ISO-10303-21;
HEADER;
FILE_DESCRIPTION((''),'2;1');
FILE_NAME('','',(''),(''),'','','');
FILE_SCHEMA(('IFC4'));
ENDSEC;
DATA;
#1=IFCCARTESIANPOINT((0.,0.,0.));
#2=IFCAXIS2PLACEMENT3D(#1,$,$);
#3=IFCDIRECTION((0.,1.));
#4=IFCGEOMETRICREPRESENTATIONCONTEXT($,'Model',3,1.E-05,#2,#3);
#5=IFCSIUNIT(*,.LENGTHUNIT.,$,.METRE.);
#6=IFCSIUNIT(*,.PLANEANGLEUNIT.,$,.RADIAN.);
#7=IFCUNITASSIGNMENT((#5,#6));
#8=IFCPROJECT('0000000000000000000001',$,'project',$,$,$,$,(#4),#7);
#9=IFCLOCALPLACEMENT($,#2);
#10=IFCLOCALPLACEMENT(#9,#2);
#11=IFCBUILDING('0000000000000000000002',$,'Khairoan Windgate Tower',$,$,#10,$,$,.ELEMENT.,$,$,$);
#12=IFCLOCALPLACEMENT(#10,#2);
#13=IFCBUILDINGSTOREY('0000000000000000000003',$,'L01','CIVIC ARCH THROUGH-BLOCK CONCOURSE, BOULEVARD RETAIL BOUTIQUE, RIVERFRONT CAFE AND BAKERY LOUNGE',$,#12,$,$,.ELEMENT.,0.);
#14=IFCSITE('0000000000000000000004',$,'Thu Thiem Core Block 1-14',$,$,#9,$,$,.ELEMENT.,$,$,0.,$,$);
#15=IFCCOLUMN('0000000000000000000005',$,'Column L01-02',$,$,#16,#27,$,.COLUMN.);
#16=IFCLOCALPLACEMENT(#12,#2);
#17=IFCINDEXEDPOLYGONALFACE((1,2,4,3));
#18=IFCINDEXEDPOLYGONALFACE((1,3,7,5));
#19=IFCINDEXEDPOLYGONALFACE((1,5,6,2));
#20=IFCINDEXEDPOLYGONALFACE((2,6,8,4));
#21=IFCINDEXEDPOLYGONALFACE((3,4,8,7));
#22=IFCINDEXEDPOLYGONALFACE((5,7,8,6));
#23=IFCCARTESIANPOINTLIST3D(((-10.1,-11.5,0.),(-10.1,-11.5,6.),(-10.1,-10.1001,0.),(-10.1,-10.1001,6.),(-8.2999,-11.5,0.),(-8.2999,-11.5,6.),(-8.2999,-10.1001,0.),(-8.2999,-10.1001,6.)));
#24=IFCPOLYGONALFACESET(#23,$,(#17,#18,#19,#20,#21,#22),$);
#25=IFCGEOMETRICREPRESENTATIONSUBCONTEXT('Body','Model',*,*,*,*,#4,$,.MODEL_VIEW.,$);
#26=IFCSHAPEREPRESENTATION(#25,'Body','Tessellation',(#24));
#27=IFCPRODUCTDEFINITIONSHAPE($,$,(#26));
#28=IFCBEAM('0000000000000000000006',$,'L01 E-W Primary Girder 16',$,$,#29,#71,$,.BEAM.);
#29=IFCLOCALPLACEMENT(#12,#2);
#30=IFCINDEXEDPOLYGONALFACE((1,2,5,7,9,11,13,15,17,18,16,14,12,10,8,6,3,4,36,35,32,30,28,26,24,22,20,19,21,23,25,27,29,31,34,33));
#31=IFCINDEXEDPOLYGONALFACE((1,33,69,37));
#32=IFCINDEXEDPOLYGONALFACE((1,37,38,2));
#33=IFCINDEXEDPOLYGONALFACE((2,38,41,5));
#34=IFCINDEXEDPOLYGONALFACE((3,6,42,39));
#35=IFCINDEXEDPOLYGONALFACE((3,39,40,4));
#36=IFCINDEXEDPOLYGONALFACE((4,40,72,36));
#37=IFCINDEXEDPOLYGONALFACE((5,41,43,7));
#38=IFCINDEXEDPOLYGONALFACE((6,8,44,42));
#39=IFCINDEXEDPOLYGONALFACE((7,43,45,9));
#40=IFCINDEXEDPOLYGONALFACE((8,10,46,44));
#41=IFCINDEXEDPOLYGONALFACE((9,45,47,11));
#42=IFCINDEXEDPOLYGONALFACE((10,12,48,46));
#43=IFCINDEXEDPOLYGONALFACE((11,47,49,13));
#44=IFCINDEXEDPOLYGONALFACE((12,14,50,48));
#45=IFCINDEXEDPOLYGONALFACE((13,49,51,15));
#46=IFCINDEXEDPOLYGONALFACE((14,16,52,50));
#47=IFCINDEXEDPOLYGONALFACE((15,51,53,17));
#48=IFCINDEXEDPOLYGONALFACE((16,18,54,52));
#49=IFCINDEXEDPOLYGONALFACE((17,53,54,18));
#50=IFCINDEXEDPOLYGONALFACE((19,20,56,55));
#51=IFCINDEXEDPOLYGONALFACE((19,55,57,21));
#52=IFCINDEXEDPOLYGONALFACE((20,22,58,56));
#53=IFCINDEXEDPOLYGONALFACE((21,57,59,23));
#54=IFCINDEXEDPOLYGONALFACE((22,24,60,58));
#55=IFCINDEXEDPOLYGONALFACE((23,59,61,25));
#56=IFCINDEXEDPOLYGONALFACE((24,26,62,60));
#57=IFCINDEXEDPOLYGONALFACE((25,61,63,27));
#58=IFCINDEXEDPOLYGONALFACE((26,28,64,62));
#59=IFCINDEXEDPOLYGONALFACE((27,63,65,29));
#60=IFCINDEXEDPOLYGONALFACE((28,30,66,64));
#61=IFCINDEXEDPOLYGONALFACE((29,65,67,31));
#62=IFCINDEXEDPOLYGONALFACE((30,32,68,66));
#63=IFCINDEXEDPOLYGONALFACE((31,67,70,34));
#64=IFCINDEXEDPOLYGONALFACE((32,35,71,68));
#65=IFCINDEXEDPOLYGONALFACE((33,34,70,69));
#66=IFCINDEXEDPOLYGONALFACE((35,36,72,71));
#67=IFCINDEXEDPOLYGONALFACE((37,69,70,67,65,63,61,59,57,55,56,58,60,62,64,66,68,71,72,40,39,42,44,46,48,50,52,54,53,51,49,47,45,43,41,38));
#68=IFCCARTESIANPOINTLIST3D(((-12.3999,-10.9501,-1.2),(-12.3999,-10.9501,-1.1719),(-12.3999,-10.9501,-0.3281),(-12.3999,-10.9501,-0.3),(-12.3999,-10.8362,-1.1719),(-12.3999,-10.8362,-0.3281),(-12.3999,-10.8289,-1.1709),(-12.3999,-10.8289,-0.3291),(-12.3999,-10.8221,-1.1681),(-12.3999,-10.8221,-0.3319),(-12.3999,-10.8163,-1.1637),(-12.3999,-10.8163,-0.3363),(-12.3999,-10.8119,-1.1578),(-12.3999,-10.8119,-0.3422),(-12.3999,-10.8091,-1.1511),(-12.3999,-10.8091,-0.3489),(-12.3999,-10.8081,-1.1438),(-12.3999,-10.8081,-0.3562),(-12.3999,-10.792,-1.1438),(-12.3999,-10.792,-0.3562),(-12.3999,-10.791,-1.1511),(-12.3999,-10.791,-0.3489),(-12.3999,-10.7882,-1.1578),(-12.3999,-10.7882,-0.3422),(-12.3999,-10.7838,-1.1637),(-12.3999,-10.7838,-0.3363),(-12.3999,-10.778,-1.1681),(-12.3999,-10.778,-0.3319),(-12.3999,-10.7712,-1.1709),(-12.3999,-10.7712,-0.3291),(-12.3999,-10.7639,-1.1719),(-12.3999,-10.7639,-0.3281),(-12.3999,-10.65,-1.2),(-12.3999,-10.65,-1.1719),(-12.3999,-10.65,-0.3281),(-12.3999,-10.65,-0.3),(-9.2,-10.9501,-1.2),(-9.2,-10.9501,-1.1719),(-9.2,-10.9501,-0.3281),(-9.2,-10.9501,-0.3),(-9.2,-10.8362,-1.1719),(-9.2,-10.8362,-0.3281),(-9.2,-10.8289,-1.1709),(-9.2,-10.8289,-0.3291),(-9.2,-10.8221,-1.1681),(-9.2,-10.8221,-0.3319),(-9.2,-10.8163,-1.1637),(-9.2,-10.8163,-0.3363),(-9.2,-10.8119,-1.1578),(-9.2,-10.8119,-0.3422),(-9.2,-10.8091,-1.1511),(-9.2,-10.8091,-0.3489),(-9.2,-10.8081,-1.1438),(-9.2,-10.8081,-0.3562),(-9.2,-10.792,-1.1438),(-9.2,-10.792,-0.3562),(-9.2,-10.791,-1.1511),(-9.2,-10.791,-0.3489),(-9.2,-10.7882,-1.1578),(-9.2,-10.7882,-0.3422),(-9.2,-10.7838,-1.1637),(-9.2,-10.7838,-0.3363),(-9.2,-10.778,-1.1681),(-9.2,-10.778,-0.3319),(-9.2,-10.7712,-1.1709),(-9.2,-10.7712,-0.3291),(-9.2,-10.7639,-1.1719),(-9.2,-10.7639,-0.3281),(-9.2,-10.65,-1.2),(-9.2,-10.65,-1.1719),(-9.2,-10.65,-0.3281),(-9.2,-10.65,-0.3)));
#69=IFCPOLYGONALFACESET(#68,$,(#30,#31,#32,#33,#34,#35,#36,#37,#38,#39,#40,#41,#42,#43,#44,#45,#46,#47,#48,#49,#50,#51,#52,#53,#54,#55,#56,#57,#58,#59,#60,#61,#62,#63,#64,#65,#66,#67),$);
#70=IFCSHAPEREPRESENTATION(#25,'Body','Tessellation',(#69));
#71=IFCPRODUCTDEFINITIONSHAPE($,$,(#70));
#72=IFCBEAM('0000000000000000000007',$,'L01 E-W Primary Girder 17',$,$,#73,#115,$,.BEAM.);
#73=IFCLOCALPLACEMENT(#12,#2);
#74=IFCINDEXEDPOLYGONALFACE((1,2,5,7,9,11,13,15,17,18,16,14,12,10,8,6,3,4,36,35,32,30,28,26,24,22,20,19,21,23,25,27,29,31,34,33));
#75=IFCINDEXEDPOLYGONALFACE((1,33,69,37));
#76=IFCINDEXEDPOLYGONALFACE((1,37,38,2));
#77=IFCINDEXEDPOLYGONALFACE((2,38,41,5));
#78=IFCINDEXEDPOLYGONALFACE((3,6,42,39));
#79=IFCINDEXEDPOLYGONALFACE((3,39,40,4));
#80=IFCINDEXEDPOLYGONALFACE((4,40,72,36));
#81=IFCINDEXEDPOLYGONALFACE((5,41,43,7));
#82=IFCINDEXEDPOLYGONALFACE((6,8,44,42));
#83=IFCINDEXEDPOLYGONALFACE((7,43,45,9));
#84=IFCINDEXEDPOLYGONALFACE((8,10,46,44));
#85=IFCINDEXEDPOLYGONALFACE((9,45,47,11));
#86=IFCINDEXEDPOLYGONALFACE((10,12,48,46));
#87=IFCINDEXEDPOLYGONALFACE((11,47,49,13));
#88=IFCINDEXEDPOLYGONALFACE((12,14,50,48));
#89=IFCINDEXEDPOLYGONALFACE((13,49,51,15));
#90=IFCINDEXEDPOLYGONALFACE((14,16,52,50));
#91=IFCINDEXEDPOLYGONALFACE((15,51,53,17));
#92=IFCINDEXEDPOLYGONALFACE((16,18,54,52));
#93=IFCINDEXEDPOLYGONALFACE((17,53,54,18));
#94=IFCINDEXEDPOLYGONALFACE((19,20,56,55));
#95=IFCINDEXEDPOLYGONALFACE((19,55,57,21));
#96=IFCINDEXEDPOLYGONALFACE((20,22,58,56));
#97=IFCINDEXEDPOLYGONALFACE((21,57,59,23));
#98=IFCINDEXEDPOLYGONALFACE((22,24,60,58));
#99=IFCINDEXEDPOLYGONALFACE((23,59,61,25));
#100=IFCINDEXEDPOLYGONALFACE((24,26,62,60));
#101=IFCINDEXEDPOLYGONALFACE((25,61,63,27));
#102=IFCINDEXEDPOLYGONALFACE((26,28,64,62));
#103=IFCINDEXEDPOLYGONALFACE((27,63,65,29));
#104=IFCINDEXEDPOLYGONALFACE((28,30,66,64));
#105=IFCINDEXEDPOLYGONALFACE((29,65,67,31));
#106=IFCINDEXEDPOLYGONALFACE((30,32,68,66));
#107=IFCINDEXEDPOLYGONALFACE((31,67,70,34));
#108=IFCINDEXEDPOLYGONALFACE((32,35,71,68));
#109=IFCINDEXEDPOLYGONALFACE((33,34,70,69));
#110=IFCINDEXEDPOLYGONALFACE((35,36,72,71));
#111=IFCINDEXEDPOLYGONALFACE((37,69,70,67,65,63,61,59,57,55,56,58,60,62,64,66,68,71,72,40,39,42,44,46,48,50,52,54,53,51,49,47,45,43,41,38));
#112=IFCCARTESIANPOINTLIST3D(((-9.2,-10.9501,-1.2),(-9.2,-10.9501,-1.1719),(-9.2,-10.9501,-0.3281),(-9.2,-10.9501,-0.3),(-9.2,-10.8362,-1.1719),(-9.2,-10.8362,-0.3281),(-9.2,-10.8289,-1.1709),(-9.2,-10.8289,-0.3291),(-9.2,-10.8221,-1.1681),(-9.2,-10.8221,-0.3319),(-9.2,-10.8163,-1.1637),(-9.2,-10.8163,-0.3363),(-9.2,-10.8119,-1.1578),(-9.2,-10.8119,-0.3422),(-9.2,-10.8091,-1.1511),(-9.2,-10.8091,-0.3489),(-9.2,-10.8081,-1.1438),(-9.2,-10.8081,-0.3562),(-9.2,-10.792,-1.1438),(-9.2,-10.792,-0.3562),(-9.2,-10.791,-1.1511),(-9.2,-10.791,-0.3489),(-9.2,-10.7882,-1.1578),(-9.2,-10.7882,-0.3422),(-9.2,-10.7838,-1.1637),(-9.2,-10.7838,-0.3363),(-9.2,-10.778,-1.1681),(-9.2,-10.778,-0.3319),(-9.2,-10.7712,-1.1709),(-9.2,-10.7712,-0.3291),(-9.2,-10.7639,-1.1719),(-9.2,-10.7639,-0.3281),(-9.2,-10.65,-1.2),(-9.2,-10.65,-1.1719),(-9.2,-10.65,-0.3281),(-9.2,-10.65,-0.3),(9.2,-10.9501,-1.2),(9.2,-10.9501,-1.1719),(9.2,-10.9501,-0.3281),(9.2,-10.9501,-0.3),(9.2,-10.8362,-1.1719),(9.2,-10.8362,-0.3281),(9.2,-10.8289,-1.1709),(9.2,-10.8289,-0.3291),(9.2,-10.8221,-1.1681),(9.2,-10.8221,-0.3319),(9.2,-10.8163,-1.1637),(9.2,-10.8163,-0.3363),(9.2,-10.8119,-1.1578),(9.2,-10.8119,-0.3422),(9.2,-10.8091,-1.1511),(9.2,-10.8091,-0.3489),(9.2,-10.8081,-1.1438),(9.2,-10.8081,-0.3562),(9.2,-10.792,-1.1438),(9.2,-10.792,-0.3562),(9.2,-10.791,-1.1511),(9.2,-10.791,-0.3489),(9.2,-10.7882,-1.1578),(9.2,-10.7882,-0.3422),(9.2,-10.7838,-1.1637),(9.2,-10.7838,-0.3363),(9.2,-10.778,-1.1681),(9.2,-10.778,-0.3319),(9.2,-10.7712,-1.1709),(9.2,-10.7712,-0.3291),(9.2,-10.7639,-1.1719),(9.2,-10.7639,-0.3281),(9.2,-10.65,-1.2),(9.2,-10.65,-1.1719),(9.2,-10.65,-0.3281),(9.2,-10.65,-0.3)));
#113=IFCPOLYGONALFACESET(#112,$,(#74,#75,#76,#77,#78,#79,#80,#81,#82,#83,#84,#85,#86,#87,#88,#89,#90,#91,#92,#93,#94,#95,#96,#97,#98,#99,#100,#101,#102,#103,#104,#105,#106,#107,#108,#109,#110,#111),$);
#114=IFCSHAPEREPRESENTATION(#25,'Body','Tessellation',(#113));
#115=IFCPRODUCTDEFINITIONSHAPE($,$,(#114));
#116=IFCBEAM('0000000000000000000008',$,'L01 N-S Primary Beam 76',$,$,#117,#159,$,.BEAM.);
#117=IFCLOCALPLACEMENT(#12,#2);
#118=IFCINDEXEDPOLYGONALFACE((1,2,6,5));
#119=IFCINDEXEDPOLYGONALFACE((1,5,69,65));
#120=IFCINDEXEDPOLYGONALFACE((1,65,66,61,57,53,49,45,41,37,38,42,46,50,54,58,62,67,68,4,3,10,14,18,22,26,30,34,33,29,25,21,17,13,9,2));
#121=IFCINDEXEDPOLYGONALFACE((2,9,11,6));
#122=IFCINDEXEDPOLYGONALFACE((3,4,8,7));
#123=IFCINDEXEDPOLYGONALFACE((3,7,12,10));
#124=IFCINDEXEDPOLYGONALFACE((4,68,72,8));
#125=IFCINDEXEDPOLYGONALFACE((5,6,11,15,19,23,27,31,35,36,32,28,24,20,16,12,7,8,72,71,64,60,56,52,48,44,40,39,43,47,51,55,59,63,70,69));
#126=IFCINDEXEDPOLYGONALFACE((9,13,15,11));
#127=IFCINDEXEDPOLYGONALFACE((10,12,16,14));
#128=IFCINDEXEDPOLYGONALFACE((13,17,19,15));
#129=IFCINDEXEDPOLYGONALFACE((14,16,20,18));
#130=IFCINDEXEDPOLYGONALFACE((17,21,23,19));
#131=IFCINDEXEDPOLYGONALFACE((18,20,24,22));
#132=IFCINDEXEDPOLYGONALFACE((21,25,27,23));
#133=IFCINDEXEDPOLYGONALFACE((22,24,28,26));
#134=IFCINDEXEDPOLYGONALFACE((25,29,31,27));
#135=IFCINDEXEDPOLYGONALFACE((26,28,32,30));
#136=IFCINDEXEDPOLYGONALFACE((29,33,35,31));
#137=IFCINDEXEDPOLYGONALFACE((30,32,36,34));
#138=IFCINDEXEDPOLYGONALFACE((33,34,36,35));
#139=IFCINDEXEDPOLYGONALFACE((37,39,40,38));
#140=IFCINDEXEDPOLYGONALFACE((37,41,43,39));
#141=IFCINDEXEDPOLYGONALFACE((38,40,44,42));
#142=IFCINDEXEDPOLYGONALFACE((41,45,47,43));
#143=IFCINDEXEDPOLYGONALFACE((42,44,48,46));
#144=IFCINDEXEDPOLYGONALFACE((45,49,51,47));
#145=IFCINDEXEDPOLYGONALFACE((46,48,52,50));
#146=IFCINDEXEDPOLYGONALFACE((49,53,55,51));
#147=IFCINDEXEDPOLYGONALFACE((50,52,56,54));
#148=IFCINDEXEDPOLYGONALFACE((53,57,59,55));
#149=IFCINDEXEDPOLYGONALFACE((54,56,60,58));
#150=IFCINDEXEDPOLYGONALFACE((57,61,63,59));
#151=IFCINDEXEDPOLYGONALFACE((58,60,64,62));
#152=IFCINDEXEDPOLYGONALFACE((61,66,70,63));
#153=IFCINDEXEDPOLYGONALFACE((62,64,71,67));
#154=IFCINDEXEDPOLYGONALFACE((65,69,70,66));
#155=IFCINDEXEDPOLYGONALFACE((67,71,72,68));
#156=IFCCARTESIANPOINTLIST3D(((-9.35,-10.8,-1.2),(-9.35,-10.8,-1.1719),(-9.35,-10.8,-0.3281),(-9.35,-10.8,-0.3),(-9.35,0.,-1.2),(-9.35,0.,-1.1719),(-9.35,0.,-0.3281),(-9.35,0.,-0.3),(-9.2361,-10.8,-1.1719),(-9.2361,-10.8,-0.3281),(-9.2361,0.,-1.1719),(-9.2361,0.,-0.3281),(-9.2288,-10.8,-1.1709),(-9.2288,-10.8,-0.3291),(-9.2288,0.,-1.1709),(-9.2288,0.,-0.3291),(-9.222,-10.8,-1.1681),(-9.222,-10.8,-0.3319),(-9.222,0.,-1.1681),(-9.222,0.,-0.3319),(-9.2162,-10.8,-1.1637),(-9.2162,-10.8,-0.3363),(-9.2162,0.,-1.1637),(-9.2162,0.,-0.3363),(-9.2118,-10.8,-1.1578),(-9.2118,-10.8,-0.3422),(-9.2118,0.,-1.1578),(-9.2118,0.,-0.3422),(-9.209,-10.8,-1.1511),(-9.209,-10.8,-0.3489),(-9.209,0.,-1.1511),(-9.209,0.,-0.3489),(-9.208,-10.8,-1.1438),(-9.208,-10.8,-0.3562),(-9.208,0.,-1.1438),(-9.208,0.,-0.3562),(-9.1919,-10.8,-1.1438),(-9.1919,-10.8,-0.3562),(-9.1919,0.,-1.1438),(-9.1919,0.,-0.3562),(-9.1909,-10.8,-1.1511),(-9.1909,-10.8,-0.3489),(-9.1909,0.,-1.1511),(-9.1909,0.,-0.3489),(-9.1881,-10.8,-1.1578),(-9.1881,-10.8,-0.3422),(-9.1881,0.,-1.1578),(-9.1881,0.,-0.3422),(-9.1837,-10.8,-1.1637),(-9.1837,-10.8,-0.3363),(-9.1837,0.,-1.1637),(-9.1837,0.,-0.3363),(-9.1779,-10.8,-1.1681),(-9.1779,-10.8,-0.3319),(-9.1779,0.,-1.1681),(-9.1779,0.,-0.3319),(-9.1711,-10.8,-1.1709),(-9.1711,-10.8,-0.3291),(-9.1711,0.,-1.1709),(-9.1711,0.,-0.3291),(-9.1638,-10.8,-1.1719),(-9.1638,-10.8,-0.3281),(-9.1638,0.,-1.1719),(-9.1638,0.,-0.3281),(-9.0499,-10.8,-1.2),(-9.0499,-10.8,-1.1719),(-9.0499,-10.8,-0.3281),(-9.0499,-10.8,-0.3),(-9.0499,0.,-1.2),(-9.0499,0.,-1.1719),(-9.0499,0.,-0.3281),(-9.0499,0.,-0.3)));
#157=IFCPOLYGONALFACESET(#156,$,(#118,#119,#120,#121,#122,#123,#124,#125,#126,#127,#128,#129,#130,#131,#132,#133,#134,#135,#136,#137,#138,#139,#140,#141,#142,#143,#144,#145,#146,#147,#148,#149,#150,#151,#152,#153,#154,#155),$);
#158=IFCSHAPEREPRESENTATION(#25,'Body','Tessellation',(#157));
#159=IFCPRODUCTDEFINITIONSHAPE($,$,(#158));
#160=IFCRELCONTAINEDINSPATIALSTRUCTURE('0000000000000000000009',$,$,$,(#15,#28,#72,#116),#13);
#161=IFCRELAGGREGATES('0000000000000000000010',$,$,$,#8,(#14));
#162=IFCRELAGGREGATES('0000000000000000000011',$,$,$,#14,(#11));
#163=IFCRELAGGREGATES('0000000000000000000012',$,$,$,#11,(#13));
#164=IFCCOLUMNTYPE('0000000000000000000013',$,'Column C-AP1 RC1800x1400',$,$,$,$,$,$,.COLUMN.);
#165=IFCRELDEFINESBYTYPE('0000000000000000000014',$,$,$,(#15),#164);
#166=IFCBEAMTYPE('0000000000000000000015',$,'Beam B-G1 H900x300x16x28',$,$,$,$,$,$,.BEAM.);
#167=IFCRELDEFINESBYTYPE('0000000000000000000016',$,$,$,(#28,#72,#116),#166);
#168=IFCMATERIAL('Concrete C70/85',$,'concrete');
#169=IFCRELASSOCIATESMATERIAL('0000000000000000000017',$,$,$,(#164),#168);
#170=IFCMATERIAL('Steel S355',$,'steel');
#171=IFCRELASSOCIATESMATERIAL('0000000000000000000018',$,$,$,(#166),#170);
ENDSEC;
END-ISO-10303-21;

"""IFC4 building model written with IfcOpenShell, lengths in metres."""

from ifc_helpers import new_model, si_unit, direction, frame, origin, origin_2d, place, context, subcontext, project, spatial, rectangle, i_section, extrude, material, material_profile, profile_set, type_object, element, save


model = new_model("IFC4")

# Units and contexts
model_context = context("Model", 3, precision=1e-05, world=origin(), true_north=direction((0.0, 1.0)))
body_context = subcontext(model_context, "Body", "Model", "MODEL_VIEW")
ifc_project = project(units=[si_unit("LENGTHUNIT", "METRE"), si_unit("PLANEANGLEUNIT", "RADIAN")], contexts=[model_context])

# Site, building, storey
site_placement = place(None, origin())
site = spatial("IfcSite", under=ifc_project, at=site_placement, Name="Thu Thiem Core Block 1-14", CompositionType="ELEMENT", RefElevation=0.0)
building_placement = place(site_placement, origin())
building = spatial("IfcBuilding", under=site, at=building_placement, Name="Khairoan Windgate Tower", CompositionType="ELEMENT")
storey_placement = place(building_placement, origin())
storey = spatial("IfcBuildingStorey", under=building, at=storey_placement, Name="L01", Description="CIVIC ARCH THROUGH-BLOCK CONCOURSE, BOULEVARD RETAIL BOUTIQUE, RIVERFRONT CAFE AND BAKERY LOUNGE", CompositionType="ELEMENT", Elevation=0.0)

# Column
ifc_material_1 = material(Name="Concrete C70/85", Category="concrete")
ifc_material_profile_1 = material_profile(ifc_material_1, rectangle(XDim=1.8, YDim=1.3999, at=origin_2d()))
ifc_profile_set_1 = profile_set([ifc_material_profile_1], Name="Concrete C70/85")
column_type = type_object("IfcColumnType", Name="Column C-AP1 RC1800x1400", PredefinedType="COLUMN", material=ifc_profile_set_1)
column_placement = place(storey_placement, frame((-9.2, -10.8, 0.0), z_axis=(0.0, 0.0, 1.0), x_axis=(1.0, 0.0, 0.0)))
element("IfcColumn", 1, at=column_placement, inside=storey, type_object=column_type, Name="Column L01-02", PredefinedType="COLUMN", context=body_context, shape_type="SweptSolid", body=[
    extrude(rectangle(XDim=1.8, YDim=1.3999, at=origin_2d()), origin(), (0.0, 0.0, 1.0), 6.0),
])

# Beams
ifc_material_2 = material(Name="Steel S355", Category="steel")
ifc_material_profile_2 = material_profile(ifc_material_2, i_section(OverallWidth=0.3, OverallDepth=0.8999, WebThickness=0.0161, FlangeThickness=0.0281, FilletRadius=0.0281, at=origin_2d()))
ifc_profile_set_2 = profile_set([ifc_material_profile_2], Name="Steel S355")
beam_type_1 = type_object("IfcBeamType", Name="Beam B-G1 H900x300x16x28", PredefinedType="BEAM", material=ifc_profile_set_2)
beam_1_placement = place(storey_placement, frame((-12.3999, -10.8, -0.75), z_axis=(1.0, 0.0, 0.0), x_axis=(0.0, 1.0, 0.0)))
element("IfcBeam", 2, at=beam_1_placement, inside=storey, type_object=beam_type_1, Name="L01 E-W Primary Girder 16", PredefinedType="BEAM", context=body_context, shape_type="SweptSolid", body=[
    extrude(i_section(OverallWidth=0.3, OverallDepth=0.8999, WebThickness=0.0161, FlangeThickness=0.0281, FilletRadius=0.0281, at=origin_2d()), origin(), (0.0, 0.0, 1.0), 3.2),
])
beam_2_placement = place(storey_placement, frame((-9.2, -10.8, -0.75), z_axis=(1.0, 0.0, 0.0), x_axis=(0.0, 1.0, 0.0)))
element("IfcBeam", 3, at=beam_2_placement, inside=storey, type_object=beam_type_1, Name="L01 E-W Primary Girder 17", PredefinedType="BEAM", context=body_context, shape_type="SweptSolid", body=[
    extrude(i_section(OverallWidth=0.3, OverallDepth=0.8999, WebThickness=0.0161, FlangeThickness=0.0281, FilletRadius=0.0281, at=origin_2d()), origin(), (0.0, 0.0, 1.0), 18.3999),
])
beam_3_placement = place(storey_placement, frame((-9.2, -10.8, -0.75), z_axis=(0.0, 1.0, 0.0), x_axis=(-1.0, 0.0, 0.0)))
element("IfcBeam", 4, at=beam_3_placement, inside=storey, type_object=beam_type_1, Name="L01 N-S Primary Beam 76", PredefinedType="BEAM", context=body_context, shape_type="SweptSolid", body=[
    extrude(i_section(OverallWidth=0.3, OverallDepth=0.8999, WebThickness=0.0161, FlangeThickness=0.0281, FilletRadius=0.0281, at=origin_2d()), origin(), (0.0, 0.0, 1.0), 10.8),
])

save(model, "model.ifc")
